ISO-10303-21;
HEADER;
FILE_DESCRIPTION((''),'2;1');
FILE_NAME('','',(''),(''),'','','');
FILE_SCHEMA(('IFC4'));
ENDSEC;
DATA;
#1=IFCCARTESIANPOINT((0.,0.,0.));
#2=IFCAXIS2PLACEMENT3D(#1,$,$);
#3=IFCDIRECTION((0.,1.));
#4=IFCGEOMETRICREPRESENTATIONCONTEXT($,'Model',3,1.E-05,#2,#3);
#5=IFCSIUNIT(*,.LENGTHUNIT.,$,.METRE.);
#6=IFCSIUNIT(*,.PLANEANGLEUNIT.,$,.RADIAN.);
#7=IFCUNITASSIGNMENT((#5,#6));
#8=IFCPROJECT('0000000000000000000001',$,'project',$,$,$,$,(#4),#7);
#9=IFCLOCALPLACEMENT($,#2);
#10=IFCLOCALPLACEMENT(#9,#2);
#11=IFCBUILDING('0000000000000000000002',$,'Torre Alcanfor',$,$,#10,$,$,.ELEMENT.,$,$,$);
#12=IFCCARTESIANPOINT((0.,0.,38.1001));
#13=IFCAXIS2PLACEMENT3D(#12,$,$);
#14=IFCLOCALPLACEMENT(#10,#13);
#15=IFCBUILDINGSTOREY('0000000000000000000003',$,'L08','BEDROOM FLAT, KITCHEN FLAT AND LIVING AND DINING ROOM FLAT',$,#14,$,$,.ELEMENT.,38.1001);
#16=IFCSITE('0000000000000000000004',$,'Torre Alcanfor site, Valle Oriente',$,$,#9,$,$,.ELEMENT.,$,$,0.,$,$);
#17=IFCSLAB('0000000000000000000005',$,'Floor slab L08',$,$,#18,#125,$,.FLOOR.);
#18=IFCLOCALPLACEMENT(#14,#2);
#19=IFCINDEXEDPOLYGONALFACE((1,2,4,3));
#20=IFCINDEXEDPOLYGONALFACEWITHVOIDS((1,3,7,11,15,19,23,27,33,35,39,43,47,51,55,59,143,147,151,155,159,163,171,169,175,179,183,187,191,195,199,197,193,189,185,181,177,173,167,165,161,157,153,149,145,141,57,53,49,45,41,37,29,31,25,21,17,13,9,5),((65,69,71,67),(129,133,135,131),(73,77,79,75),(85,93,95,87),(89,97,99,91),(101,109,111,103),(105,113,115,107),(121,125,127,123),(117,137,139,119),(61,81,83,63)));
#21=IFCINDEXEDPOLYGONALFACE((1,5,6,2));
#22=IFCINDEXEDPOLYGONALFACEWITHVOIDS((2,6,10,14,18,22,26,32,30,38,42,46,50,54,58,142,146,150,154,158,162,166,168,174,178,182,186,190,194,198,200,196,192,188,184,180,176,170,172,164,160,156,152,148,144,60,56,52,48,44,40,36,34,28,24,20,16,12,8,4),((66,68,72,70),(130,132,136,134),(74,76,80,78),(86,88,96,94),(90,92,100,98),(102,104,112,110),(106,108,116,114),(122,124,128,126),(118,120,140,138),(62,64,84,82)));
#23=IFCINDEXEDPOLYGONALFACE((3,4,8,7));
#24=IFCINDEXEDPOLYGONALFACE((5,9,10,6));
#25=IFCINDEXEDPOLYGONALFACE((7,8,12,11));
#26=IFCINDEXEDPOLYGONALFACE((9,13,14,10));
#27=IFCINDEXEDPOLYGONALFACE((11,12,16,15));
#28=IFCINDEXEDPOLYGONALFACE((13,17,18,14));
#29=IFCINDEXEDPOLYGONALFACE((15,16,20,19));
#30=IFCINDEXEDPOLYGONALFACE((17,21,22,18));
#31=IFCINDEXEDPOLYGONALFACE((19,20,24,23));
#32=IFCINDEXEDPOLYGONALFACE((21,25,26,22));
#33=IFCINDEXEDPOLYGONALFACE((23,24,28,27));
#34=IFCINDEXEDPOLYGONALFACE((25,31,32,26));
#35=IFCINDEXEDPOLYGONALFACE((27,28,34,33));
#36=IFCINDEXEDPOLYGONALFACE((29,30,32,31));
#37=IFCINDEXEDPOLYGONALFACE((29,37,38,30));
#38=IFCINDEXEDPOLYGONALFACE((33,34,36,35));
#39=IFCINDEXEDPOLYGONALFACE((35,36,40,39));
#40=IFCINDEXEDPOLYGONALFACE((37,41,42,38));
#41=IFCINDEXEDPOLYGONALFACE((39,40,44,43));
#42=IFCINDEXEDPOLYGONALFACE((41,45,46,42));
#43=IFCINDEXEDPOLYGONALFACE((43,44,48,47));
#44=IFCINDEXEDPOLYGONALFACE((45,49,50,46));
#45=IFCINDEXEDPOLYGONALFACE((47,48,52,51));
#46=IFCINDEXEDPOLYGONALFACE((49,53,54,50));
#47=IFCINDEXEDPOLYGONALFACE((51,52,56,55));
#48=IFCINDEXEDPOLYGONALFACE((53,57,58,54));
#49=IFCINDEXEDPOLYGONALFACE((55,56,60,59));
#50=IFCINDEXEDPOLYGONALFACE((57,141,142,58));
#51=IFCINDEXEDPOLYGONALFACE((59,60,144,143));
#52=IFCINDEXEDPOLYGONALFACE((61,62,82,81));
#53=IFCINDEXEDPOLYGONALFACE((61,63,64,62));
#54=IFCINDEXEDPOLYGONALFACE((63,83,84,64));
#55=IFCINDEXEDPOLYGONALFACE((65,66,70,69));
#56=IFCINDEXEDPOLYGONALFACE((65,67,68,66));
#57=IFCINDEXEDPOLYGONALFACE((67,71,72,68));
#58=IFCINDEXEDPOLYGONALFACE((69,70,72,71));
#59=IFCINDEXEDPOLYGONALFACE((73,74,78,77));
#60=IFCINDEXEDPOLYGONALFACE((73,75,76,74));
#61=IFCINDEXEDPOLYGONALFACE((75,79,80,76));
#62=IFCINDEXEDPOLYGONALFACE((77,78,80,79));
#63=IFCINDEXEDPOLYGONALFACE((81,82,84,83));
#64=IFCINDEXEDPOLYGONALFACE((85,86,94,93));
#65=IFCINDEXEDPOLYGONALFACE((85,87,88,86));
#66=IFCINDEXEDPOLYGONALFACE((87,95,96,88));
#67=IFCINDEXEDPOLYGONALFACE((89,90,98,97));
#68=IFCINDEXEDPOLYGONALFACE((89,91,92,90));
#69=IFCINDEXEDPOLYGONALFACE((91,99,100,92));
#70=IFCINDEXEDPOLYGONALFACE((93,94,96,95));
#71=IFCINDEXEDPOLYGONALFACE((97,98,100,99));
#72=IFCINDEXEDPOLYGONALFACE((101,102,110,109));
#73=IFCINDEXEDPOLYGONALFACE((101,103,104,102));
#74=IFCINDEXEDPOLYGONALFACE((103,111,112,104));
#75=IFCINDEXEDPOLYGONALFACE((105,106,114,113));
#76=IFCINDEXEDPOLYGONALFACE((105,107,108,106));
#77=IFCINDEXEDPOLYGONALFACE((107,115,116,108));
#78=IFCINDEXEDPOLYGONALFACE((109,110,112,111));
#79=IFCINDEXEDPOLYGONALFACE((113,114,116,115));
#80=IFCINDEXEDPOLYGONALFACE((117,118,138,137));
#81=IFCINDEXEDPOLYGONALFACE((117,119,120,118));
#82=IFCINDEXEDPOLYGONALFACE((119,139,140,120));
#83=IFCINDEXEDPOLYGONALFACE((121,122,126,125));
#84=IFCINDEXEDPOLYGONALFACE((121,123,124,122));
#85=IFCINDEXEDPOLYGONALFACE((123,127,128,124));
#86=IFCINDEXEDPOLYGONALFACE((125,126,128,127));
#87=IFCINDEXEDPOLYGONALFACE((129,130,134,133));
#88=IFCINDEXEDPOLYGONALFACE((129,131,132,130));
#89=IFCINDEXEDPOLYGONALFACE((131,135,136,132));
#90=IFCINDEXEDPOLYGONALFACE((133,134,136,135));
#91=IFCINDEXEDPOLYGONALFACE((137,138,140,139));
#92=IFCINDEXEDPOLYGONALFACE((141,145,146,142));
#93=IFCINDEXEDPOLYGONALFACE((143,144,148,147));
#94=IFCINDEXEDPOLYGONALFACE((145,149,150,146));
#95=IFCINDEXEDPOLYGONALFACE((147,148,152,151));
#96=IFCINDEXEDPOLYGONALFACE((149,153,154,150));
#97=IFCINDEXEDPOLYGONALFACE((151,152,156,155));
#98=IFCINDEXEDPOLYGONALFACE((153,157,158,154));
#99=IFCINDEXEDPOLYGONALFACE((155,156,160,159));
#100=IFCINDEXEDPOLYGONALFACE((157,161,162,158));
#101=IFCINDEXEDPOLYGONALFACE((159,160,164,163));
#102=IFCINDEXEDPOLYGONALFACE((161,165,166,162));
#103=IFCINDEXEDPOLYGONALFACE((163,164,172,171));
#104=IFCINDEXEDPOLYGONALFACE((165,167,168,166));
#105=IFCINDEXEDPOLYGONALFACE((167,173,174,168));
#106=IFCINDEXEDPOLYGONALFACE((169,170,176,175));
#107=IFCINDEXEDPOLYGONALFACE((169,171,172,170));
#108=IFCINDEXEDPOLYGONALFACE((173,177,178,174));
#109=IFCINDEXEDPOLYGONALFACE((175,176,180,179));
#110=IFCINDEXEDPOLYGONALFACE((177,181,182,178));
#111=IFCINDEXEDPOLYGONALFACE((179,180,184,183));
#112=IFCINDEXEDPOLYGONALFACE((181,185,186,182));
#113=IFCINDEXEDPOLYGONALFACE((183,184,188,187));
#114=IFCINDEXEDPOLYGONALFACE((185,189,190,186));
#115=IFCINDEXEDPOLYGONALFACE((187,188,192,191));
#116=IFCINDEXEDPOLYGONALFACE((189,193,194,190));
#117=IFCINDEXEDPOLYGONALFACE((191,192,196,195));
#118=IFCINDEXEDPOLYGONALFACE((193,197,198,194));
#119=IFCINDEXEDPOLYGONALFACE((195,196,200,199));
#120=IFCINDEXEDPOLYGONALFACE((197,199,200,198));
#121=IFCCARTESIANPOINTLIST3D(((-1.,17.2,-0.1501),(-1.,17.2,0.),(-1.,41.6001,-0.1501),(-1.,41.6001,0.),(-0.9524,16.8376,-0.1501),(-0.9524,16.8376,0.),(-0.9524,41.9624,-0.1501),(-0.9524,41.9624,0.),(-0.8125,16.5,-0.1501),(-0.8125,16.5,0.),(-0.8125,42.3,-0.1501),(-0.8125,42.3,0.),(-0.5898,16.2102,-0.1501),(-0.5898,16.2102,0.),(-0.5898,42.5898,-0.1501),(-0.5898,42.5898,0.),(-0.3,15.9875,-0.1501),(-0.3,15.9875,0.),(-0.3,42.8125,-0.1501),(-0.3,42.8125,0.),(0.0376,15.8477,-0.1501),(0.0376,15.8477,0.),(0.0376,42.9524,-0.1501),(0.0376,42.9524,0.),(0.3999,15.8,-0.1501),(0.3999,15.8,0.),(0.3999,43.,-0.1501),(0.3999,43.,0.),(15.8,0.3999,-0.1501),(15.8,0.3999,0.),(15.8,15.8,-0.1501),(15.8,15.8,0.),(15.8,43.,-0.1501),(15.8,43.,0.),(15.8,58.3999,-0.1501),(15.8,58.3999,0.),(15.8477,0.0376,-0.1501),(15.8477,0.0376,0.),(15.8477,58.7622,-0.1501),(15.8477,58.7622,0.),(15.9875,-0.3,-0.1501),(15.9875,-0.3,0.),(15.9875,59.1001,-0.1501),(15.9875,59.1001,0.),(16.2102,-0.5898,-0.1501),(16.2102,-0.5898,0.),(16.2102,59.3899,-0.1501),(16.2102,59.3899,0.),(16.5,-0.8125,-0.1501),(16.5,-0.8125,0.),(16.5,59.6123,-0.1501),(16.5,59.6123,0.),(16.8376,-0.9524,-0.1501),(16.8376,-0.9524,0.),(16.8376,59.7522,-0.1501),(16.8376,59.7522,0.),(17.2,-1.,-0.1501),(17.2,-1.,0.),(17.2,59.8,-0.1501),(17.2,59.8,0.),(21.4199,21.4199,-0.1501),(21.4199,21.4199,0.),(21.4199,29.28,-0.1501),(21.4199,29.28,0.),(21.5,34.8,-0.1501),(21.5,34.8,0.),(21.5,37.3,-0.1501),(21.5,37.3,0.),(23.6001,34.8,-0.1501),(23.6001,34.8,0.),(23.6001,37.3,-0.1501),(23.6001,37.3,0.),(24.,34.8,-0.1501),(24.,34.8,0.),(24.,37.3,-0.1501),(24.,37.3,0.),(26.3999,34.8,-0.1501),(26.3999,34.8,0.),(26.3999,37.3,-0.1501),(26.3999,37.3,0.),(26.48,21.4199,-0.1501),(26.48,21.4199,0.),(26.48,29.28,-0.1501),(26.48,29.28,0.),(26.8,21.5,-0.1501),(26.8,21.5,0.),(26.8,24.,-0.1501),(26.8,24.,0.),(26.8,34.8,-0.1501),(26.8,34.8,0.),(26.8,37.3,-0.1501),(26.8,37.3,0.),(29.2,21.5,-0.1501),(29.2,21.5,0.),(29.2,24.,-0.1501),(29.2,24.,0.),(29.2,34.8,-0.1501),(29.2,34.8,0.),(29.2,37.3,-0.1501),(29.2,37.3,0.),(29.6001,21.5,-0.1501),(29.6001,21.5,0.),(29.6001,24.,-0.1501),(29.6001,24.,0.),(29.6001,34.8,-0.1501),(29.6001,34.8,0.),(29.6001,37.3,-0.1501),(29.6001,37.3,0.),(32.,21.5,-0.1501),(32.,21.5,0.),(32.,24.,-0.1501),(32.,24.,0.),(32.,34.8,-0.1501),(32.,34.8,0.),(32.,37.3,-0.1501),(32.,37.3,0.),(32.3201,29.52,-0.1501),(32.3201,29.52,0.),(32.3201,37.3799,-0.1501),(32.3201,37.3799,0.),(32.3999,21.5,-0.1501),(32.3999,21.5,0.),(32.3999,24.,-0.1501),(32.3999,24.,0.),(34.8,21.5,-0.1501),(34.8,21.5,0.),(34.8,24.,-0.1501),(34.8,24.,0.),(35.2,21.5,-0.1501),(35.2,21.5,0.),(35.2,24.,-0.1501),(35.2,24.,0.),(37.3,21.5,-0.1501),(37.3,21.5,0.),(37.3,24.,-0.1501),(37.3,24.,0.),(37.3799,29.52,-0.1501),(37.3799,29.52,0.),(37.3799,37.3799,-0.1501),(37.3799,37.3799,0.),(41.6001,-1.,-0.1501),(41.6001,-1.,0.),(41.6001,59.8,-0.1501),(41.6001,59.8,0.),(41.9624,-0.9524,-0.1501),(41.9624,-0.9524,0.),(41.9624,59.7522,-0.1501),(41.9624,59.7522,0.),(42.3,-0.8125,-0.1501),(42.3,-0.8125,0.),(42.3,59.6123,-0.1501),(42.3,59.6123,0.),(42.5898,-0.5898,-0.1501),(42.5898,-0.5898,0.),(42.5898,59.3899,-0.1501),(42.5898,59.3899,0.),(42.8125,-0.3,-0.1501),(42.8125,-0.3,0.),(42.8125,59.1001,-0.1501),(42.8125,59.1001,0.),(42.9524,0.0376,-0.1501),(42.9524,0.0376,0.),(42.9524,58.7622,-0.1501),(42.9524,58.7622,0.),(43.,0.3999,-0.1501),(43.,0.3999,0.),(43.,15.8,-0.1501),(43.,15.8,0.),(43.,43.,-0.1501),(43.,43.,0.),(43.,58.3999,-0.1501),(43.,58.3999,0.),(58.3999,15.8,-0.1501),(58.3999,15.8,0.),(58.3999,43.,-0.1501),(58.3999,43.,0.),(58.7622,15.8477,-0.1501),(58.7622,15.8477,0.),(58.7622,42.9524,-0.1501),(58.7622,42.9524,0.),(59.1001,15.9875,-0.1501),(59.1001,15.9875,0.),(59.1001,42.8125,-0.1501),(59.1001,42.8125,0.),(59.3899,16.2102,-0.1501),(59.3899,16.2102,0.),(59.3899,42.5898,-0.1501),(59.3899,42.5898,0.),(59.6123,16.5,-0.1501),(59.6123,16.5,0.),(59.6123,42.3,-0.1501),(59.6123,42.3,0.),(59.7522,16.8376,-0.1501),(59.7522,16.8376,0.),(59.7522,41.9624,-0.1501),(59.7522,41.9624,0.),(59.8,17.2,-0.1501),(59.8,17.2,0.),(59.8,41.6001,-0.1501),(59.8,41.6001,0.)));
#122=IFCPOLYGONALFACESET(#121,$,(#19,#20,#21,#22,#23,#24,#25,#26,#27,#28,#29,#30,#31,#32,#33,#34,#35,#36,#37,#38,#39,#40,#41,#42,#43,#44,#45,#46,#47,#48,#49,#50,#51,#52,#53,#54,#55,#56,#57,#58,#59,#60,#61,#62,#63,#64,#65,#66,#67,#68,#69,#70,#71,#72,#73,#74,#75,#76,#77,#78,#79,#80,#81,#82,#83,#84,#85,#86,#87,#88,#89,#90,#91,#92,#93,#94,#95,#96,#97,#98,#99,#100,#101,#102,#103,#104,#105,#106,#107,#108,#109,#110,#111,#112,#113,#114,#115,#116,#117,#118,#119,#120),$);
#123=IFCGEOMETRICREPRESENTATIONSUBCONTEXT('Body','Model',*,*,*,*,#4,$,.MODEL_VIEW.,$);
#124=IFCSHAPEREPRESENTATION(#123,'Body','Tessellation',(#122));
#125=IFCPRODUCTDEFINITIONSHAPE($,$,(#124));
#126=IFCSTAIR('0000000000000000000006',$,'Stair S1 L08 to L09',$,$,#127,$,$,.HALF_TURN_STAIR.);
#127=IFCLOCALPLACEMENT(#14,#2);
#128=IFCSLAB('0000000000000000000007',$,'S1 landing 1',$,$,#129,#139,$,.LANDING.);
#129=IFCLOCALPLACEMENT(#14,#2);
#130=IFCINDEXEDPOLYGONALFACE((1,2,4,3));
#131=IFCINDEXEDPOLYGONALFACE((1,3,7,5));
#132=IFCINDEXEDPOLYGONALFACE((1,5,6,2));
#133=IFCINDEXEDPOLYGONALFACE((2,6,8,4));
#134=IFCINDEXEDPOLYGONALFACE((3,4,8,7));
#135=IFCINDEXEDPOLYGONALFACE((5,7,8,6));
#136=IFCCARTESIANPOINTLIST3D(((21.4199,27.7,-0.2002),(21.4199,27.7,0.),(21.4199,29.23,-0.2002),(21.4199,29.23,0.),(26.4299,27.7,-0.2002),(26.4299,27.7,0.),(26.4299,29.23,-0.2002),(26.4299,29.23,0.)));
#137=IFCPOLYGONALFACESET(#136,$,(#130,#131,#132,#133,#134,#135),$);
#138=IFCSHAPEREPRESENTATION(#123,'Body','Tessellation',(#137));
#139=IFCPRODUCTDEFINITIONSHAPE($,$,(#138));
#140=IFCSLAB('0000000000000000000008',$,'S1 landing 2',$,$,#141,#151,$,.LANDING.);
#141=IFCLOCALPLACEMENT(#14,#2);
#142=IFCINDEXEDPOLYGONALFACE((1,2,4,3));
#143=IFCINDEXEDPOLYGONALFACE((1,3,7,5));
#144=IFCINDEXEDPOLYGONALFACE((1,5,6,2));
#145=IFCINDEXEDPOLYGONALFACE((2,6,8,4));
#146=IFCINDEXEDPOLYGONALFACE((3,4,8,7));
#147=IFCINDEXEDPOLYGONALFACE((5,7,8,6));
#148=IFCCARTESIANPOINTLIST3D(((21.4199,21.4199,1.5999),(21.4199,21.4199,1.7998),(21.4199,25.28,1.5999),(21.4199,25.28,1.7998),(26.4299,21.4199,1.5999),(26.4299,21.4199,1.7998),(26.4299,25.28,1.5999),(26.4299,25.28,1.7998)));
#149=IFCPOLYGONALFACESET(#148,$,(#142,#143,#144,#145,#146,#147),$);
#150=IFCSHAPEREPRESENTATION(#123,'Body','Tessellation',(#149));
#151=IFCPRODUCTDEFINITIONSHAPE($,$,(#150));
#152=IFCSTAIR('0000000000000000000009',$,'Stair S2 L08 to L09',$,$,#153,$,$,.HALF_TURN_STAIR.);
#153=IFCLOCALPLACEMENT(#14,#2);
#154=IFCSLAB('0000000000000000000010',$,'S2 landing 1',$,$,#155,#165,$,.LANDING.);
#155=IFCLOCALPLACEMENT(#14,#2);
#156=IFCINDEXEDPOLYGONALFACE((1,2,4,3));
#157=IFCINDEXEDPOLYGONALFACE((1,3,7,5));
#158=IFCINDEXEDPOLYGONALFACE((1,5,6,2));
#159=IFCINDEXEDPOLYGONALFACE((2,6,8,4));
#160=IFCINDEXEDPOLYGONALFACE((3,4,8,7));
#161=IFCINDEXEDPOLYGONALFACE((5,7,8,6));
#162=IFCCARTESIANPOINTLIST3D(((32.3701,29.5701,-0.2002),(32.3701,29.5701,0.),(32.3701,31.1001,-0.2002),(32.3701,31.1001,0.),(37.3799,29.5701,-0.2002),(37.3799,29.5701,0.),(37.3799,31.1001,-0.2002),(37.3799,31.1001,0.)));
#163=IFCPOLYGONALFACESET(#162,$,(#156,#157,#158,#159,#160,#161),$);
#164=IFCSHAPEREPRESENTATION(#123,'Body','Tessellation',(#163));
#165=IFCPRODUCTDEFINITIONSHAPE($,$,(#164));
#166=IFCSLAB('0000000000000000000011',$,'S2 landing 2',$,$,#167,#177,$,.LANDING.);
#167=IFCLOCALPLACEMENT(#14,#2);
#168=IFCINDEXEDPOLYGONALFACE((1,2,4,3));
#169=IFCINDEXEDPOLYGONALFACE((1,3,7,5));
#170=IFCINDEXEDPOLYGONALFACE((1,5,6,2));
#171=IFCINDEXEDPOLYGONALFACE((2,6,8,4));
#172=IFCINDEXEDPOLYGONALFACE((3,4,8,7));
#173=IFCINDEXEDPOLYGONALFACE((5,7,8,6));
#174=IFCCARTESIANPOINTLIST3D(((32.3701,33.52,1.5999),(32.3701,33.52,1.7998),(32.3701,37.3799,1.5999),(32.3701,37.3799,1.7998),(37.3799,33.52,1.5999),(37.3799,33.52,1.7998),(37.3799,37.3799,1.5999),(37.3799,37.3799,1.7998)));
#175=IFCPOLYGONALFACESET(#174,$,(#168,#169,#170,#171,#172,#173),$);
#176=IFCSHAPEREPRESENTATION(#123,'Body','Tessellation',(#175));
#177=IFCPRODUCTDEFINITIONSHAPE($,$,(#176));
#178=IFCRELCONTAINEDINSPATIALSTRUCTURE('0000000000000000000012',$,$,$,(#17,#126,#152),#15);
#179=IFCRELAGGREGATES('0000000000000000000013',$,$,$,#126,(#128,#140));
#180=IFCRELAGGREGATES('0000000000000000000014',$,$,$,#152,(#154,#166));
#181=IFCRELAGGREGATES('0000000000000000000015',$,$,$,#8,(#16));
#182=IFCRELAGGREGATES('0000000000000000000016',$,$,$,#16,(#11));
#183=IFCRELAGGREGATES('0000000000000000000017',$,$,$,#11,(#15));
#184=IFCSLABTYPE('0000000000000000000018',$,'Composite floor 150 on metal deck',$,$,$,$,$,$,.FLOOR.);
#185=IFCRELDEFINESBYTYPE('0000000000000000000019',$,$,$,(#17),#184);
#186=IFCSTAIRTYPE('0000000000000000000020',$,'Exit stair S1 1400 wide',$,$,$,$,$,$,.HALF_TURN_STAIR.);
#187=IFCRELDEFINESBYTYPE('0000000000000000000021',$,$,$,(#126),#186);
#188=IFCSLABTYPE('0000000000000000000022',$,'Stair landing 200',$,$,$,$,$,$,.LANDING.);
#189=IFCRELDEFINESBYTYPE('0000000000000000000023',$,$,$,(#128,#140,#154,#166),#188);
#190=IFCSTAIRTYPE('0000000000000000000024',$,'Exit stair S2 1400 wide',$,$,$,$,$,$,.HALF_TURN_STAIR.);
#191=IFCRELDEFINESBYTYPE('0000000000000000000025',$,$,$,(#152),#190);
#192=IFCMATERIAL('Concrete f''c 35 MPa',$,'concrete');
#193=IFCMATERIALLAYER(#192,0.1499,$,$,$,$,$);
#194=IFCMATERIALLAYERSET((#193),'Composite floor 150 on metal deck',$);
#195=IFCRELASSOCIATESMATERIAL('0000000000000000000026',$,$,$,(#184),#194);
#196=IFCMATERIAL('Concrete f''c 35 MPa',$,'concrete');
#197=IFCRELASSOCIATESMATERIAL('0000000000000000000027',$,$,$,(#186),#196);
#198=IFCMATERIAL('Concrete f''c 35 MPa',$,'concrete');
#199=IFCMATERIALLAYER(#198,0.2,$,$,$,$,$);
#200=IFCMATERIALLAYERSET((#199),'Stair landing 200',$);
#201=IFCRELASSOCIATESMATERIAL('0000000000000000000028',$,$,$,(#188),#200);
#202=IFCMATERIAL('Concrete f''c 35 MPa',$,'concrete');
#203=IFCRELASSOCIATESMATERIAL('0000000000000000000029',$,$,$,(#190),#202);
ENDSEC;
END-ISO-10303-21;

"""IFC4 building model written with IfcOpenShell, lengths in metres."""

from ifc_helpers import new_model, si_unit, direction, frame, origin, place, context, subcontext, project, spatial, polyline, outline, extrude, material, layer, layer_set, type_object, element, aggregate, save


model = new_model("IFC4")

# Units and contexts
model_context = context("Model", 3, precision=1e-05, world=origin(), true_north=direction((0.0, 1.0)))
body_context = subcontext(model_context, "Body", "Model", "MODEL_VIEW")
ifc_project = project(units=[si_unit("LENGTHUNIT", "METRE"), si_unit("PLANEANGLEUNIT", "RADIAN")], contexts=[model_context])

# Site, building, storey
site_placement = place(None, origin())
site = spatial("IfcSite", under=ifc_project, at=site_placement, Name="Torre Alcanfor site, Valle Oriente", CompositionType="ELEMENT", RefElevation=0.0)
building_placement = place(site_placement, origin())
building = spatial("IfcBuilding", under=site, at=building_placement, Name="Torre Alcanfor", CompositionType="ELEMENT")
storey_placement = place(building_placement, frame((0.0, 0.0, 38.1001)))
storey = spatial("IfcBuildingStorey", under=building, at=storey_placement, Name="L08", Description="BEDROOM FLAT, KITCHEN FLAT AND LIVING AND DINING ROOM FLAT", CompositionType="ELEMENT", Elevation=38.1001)

# Slab
ifc_material_1 = material(Name="Concrete f'c 35 MPa", Category="concrete")
ifc_layer_1 = layer(ifc_material_1, 0.1499)
ifc_layer_set_1 = layer_set([ifc_layer_1], Name="Composite floor 150 on metal deck")
slab_type_1 = type_object("IfcSlabType", Name="Composite floor 150 on metal deck", PredefinedType="FLOOR", material=ifc_layer_set_1)
slab_1_placement = place(storey_placement, frame((0.0, 0.0, -0.1501)))
element("IfcSlab", 1, at=slab_1_placement, inside=storey, type_object=slab_type_1, Name="Floor slab L08", PredefinedType="FLOOR", context=body_context, shape_type="SweptSolid", body=[
    extrude(outline(polyline([(15.8, 43.0), (0.3999, 43.0), (0.0376, 42.9524), (-0.3, 42.8125), (-0.5898, 42.5898), (-0.8125, 42.3), (-0.9524, 41.9624), (-1.0, 41.6001), (-1.0, 17.2), (-0.9524, 16.8376), (-0.8125, 16.5), (-0.5898, 16.2102), (-0.3, 15.9875), (0.0376, 15.8477), (0.3999, 15.8), (15.8, 15.8), (15.8, 0.3999), (15.8477, 0.0376), (15.9875, -0.3), (16.2102, -0.5898), (16.5, -0.8125), (16.8376, -0.9524), (17.2, -1.0), (41.6001, -1.0), (41.9624, -0.9524), (42.3, -0.8125), (42.5898, -0.5898), (42.8125, -0.3), (42.9524, 0.0376), (43.0, 0.3999), (43.0, 15.8), (58.3999, 15.8), (58.7622, 15.8477), (59.1001, 15.9875), (59.3899, 16.2102), (59.6123, 16.5), (59.7522, 16.8376), (59.8, 17.2), (59.8, 41.6001), (59.7522, 41.9624), (59.6123, 42.3), (59.3899, 42.5898), (59.1001, 42.8125), (58.7622, 42.9524), (58.3999, 43.0), (43.0, 43.0), (43.0, 58.3999), (42.9524, 58.7622), (42.8125, 59.1001), (42.5898, 59.3899), (42.3, 59.6123), (41.9624, 59.7522), (41.6001, 59.8), (17.2, 59.8), (16.8376, 59.7522), (16.5, 59.6123), (16.2102, 59.3899), (15.9875, 59.1001), (15.8477, 58.7622), (15.8, 58.3999), (15.8, 43.0)]), holes=[polyline([(21.4199, 21.4199), (26.48, 21.4199), (26.48, 29.28), (21.4199, 29.28), (21.4199, 21.4199)]), polyline([(32.3201, 29.52), (37.3799, 29.52), (37.3799, 37.3799), (32.3201, 37.3799), (32.3201, 29.52)]), polyline([(26.8, 21.5), (29.2, 21.5), (29.2, 24.0), (26.8, 24.0), (26.8, 21.5)]), polyline([(29.6001, 21.5), (32.0, 21.5), (32.0, 24.0), (29.6001, 24.0), (29.6001, 21.5)]), polyline([(32.3999, 21.5), (34.8, 21.5), (34.8, 24.0), (32.3999, 24.0), (32.3999, 21.5)]), polyline([(35.2, 21.5), (37.3, 21.5), (37.3, 24.0), (35.2, 24.0), (35.2, 21.5)]), polyline([(21.5, 34.8), (23.6001, 34.8), (23.6001, 37.3), (21.5, 37.3), (21.5, 34.8)]), polyline([(24.0, 34.8), (26.3999, 34.8), (26.3999, 37.3), (24.0, 37.3), (24.0, 34.8)]), polyline([(26.8, 34.8), (29.2, 34.8), (29.2, 37.3), (26.8, 37.3), (26.8, 34.8)]), polyline([(29.6001, 34.8), (32.0, 34.8), (32.0, 37.3), (29.6001, 37.3), (29.6001, 34.8)])]), origin(), (0.0, 0.0, 1.0), 0.1501),
])

# Stairs, slabs
ifc_material_2 = material(Name="Concrete f'c 35 MPa", Category="concrete")
stair_type_1 = type_object("IfcStairType", Name="Exit stair S1 1400 wide", PredefinedType="HALF_TURN_STAIR", material=ifc_material_2)
stair_1_placement = place(storey_placement, origin())
stair_1 = element("IfcStair", 2, at=stair_1_placement, inside=storey, type_object=stair_type_1, Name="Stair S1 L08 to L09", PredefinedType="HALF_TURN_STAIR")
ifc_material_3 = material(Name="Concrete f'c 35 MPa", Category="concrete")
ifc_layer_2 = layer(ifc_material_3, 0.2)
ifc_layer_set_2 = layer_set([ifc_layer_2], Name="Stair landing 200")
slab_type_2 = type_object("IfcSlabType", Name="Stair landing 200", PredefinedType="LANDING", material=ifc_layer_set_2)
slab_2_placement = place(storey_placement, frame((0.0, 0.0, -0.2002)))
slab_2 = element("IfcSlab", 3, at=slab_2_placement, type_object=slab_type_2, Name="S1 landing 1", PredefinedType="LANDING", context=body_context, shape_type="SweptSolid", body=[
    extrude(outline(polyline([(21.4199, 27.7), (26.4299, 27.7), (26.4299, 29.23), (21.4199, 29.23), (21.4199, 27.7)])), origin(), (0.0, 0.0, 1.0), 0.2002),
])
slab_3_placement = place(storey_placement, frame((0.0, 0.0, 1.5999)))
slab_3 = element("IfcSlab", 4, at=slab_3_placement, type_object=slab_type_2, Name="S1 landing 2", PredefinedType="LANDING", context=body_context, shape_type="SweptSolid", body=[
    extrude(outline(polyline([(21.4199, 21.4199), (26.4299, 21.4199), (26.4299, 25.28), (21.4199, 25.28), (21.4199, 21.4199)])), origin(), (0.0, 0.0, 1.0), 0.2),
])
aggregate(stair_1, [slab_2, slab_3])
ifc_material_4 = material(Name="Concrete f'c 35 MPa", Category="concrete")
stair_type_2 = type_object("IfcStairType", Name="Exit stair S2 1400 wide", PredefinedType="HALF_TURN_STAIR", material=ifc_material_4)
stair_2_placement = place(storey_placement, origin())
stair_2 = element("IfcStair", 5, at=stair_2_placement, inside=storey, type_object=stair_type_2, Name="Stair S2 L08 to L09", PredefinedType="HALF_TURN_STAIR")
slab_4_placement = place(storey_placement, frame((0.0, 0.0, -0.2002)))
slab_4 = element("IfcSlab", 6, at=slab_4_placement, type_object=slab_type_2, Name="S2 landing 1", PredefinedType="LANDING", context=body_context, shape_type="SweptSolid", body=[
    extrude(outline(polyline([(32.3701, 29.5701), (37.3799, 29.5701), (37.3799, 31.1001), (32.3701, 31.1001), (32.3701, 29.5701)])), origin(), (0.0, 0.0, 1.0), 0.2002),
])
slab_5_placement = place(storey_placement, frame((0.0, 0.0, 1.5999)))
slab_5 = element("IfcSlab", 7, at=slab_5_placement, type_object=slab_type_2, Name="S2 landing 2", PredefinedType="LANDING", context=body_context, shape_type="SweptSolid", body=[
    extrude(outline(polyline([(32.3701, 33.52), (37.3799, 33.52), (37.3799, 37.3799), (32.3701, 37.3799), (32.3701, 33.52)])), origin(), (0.0, 0.0, 1.0), 0.2),
])
aggregate(stair_2, [slab_4, slab_5])

save(model, "model.ifc")
